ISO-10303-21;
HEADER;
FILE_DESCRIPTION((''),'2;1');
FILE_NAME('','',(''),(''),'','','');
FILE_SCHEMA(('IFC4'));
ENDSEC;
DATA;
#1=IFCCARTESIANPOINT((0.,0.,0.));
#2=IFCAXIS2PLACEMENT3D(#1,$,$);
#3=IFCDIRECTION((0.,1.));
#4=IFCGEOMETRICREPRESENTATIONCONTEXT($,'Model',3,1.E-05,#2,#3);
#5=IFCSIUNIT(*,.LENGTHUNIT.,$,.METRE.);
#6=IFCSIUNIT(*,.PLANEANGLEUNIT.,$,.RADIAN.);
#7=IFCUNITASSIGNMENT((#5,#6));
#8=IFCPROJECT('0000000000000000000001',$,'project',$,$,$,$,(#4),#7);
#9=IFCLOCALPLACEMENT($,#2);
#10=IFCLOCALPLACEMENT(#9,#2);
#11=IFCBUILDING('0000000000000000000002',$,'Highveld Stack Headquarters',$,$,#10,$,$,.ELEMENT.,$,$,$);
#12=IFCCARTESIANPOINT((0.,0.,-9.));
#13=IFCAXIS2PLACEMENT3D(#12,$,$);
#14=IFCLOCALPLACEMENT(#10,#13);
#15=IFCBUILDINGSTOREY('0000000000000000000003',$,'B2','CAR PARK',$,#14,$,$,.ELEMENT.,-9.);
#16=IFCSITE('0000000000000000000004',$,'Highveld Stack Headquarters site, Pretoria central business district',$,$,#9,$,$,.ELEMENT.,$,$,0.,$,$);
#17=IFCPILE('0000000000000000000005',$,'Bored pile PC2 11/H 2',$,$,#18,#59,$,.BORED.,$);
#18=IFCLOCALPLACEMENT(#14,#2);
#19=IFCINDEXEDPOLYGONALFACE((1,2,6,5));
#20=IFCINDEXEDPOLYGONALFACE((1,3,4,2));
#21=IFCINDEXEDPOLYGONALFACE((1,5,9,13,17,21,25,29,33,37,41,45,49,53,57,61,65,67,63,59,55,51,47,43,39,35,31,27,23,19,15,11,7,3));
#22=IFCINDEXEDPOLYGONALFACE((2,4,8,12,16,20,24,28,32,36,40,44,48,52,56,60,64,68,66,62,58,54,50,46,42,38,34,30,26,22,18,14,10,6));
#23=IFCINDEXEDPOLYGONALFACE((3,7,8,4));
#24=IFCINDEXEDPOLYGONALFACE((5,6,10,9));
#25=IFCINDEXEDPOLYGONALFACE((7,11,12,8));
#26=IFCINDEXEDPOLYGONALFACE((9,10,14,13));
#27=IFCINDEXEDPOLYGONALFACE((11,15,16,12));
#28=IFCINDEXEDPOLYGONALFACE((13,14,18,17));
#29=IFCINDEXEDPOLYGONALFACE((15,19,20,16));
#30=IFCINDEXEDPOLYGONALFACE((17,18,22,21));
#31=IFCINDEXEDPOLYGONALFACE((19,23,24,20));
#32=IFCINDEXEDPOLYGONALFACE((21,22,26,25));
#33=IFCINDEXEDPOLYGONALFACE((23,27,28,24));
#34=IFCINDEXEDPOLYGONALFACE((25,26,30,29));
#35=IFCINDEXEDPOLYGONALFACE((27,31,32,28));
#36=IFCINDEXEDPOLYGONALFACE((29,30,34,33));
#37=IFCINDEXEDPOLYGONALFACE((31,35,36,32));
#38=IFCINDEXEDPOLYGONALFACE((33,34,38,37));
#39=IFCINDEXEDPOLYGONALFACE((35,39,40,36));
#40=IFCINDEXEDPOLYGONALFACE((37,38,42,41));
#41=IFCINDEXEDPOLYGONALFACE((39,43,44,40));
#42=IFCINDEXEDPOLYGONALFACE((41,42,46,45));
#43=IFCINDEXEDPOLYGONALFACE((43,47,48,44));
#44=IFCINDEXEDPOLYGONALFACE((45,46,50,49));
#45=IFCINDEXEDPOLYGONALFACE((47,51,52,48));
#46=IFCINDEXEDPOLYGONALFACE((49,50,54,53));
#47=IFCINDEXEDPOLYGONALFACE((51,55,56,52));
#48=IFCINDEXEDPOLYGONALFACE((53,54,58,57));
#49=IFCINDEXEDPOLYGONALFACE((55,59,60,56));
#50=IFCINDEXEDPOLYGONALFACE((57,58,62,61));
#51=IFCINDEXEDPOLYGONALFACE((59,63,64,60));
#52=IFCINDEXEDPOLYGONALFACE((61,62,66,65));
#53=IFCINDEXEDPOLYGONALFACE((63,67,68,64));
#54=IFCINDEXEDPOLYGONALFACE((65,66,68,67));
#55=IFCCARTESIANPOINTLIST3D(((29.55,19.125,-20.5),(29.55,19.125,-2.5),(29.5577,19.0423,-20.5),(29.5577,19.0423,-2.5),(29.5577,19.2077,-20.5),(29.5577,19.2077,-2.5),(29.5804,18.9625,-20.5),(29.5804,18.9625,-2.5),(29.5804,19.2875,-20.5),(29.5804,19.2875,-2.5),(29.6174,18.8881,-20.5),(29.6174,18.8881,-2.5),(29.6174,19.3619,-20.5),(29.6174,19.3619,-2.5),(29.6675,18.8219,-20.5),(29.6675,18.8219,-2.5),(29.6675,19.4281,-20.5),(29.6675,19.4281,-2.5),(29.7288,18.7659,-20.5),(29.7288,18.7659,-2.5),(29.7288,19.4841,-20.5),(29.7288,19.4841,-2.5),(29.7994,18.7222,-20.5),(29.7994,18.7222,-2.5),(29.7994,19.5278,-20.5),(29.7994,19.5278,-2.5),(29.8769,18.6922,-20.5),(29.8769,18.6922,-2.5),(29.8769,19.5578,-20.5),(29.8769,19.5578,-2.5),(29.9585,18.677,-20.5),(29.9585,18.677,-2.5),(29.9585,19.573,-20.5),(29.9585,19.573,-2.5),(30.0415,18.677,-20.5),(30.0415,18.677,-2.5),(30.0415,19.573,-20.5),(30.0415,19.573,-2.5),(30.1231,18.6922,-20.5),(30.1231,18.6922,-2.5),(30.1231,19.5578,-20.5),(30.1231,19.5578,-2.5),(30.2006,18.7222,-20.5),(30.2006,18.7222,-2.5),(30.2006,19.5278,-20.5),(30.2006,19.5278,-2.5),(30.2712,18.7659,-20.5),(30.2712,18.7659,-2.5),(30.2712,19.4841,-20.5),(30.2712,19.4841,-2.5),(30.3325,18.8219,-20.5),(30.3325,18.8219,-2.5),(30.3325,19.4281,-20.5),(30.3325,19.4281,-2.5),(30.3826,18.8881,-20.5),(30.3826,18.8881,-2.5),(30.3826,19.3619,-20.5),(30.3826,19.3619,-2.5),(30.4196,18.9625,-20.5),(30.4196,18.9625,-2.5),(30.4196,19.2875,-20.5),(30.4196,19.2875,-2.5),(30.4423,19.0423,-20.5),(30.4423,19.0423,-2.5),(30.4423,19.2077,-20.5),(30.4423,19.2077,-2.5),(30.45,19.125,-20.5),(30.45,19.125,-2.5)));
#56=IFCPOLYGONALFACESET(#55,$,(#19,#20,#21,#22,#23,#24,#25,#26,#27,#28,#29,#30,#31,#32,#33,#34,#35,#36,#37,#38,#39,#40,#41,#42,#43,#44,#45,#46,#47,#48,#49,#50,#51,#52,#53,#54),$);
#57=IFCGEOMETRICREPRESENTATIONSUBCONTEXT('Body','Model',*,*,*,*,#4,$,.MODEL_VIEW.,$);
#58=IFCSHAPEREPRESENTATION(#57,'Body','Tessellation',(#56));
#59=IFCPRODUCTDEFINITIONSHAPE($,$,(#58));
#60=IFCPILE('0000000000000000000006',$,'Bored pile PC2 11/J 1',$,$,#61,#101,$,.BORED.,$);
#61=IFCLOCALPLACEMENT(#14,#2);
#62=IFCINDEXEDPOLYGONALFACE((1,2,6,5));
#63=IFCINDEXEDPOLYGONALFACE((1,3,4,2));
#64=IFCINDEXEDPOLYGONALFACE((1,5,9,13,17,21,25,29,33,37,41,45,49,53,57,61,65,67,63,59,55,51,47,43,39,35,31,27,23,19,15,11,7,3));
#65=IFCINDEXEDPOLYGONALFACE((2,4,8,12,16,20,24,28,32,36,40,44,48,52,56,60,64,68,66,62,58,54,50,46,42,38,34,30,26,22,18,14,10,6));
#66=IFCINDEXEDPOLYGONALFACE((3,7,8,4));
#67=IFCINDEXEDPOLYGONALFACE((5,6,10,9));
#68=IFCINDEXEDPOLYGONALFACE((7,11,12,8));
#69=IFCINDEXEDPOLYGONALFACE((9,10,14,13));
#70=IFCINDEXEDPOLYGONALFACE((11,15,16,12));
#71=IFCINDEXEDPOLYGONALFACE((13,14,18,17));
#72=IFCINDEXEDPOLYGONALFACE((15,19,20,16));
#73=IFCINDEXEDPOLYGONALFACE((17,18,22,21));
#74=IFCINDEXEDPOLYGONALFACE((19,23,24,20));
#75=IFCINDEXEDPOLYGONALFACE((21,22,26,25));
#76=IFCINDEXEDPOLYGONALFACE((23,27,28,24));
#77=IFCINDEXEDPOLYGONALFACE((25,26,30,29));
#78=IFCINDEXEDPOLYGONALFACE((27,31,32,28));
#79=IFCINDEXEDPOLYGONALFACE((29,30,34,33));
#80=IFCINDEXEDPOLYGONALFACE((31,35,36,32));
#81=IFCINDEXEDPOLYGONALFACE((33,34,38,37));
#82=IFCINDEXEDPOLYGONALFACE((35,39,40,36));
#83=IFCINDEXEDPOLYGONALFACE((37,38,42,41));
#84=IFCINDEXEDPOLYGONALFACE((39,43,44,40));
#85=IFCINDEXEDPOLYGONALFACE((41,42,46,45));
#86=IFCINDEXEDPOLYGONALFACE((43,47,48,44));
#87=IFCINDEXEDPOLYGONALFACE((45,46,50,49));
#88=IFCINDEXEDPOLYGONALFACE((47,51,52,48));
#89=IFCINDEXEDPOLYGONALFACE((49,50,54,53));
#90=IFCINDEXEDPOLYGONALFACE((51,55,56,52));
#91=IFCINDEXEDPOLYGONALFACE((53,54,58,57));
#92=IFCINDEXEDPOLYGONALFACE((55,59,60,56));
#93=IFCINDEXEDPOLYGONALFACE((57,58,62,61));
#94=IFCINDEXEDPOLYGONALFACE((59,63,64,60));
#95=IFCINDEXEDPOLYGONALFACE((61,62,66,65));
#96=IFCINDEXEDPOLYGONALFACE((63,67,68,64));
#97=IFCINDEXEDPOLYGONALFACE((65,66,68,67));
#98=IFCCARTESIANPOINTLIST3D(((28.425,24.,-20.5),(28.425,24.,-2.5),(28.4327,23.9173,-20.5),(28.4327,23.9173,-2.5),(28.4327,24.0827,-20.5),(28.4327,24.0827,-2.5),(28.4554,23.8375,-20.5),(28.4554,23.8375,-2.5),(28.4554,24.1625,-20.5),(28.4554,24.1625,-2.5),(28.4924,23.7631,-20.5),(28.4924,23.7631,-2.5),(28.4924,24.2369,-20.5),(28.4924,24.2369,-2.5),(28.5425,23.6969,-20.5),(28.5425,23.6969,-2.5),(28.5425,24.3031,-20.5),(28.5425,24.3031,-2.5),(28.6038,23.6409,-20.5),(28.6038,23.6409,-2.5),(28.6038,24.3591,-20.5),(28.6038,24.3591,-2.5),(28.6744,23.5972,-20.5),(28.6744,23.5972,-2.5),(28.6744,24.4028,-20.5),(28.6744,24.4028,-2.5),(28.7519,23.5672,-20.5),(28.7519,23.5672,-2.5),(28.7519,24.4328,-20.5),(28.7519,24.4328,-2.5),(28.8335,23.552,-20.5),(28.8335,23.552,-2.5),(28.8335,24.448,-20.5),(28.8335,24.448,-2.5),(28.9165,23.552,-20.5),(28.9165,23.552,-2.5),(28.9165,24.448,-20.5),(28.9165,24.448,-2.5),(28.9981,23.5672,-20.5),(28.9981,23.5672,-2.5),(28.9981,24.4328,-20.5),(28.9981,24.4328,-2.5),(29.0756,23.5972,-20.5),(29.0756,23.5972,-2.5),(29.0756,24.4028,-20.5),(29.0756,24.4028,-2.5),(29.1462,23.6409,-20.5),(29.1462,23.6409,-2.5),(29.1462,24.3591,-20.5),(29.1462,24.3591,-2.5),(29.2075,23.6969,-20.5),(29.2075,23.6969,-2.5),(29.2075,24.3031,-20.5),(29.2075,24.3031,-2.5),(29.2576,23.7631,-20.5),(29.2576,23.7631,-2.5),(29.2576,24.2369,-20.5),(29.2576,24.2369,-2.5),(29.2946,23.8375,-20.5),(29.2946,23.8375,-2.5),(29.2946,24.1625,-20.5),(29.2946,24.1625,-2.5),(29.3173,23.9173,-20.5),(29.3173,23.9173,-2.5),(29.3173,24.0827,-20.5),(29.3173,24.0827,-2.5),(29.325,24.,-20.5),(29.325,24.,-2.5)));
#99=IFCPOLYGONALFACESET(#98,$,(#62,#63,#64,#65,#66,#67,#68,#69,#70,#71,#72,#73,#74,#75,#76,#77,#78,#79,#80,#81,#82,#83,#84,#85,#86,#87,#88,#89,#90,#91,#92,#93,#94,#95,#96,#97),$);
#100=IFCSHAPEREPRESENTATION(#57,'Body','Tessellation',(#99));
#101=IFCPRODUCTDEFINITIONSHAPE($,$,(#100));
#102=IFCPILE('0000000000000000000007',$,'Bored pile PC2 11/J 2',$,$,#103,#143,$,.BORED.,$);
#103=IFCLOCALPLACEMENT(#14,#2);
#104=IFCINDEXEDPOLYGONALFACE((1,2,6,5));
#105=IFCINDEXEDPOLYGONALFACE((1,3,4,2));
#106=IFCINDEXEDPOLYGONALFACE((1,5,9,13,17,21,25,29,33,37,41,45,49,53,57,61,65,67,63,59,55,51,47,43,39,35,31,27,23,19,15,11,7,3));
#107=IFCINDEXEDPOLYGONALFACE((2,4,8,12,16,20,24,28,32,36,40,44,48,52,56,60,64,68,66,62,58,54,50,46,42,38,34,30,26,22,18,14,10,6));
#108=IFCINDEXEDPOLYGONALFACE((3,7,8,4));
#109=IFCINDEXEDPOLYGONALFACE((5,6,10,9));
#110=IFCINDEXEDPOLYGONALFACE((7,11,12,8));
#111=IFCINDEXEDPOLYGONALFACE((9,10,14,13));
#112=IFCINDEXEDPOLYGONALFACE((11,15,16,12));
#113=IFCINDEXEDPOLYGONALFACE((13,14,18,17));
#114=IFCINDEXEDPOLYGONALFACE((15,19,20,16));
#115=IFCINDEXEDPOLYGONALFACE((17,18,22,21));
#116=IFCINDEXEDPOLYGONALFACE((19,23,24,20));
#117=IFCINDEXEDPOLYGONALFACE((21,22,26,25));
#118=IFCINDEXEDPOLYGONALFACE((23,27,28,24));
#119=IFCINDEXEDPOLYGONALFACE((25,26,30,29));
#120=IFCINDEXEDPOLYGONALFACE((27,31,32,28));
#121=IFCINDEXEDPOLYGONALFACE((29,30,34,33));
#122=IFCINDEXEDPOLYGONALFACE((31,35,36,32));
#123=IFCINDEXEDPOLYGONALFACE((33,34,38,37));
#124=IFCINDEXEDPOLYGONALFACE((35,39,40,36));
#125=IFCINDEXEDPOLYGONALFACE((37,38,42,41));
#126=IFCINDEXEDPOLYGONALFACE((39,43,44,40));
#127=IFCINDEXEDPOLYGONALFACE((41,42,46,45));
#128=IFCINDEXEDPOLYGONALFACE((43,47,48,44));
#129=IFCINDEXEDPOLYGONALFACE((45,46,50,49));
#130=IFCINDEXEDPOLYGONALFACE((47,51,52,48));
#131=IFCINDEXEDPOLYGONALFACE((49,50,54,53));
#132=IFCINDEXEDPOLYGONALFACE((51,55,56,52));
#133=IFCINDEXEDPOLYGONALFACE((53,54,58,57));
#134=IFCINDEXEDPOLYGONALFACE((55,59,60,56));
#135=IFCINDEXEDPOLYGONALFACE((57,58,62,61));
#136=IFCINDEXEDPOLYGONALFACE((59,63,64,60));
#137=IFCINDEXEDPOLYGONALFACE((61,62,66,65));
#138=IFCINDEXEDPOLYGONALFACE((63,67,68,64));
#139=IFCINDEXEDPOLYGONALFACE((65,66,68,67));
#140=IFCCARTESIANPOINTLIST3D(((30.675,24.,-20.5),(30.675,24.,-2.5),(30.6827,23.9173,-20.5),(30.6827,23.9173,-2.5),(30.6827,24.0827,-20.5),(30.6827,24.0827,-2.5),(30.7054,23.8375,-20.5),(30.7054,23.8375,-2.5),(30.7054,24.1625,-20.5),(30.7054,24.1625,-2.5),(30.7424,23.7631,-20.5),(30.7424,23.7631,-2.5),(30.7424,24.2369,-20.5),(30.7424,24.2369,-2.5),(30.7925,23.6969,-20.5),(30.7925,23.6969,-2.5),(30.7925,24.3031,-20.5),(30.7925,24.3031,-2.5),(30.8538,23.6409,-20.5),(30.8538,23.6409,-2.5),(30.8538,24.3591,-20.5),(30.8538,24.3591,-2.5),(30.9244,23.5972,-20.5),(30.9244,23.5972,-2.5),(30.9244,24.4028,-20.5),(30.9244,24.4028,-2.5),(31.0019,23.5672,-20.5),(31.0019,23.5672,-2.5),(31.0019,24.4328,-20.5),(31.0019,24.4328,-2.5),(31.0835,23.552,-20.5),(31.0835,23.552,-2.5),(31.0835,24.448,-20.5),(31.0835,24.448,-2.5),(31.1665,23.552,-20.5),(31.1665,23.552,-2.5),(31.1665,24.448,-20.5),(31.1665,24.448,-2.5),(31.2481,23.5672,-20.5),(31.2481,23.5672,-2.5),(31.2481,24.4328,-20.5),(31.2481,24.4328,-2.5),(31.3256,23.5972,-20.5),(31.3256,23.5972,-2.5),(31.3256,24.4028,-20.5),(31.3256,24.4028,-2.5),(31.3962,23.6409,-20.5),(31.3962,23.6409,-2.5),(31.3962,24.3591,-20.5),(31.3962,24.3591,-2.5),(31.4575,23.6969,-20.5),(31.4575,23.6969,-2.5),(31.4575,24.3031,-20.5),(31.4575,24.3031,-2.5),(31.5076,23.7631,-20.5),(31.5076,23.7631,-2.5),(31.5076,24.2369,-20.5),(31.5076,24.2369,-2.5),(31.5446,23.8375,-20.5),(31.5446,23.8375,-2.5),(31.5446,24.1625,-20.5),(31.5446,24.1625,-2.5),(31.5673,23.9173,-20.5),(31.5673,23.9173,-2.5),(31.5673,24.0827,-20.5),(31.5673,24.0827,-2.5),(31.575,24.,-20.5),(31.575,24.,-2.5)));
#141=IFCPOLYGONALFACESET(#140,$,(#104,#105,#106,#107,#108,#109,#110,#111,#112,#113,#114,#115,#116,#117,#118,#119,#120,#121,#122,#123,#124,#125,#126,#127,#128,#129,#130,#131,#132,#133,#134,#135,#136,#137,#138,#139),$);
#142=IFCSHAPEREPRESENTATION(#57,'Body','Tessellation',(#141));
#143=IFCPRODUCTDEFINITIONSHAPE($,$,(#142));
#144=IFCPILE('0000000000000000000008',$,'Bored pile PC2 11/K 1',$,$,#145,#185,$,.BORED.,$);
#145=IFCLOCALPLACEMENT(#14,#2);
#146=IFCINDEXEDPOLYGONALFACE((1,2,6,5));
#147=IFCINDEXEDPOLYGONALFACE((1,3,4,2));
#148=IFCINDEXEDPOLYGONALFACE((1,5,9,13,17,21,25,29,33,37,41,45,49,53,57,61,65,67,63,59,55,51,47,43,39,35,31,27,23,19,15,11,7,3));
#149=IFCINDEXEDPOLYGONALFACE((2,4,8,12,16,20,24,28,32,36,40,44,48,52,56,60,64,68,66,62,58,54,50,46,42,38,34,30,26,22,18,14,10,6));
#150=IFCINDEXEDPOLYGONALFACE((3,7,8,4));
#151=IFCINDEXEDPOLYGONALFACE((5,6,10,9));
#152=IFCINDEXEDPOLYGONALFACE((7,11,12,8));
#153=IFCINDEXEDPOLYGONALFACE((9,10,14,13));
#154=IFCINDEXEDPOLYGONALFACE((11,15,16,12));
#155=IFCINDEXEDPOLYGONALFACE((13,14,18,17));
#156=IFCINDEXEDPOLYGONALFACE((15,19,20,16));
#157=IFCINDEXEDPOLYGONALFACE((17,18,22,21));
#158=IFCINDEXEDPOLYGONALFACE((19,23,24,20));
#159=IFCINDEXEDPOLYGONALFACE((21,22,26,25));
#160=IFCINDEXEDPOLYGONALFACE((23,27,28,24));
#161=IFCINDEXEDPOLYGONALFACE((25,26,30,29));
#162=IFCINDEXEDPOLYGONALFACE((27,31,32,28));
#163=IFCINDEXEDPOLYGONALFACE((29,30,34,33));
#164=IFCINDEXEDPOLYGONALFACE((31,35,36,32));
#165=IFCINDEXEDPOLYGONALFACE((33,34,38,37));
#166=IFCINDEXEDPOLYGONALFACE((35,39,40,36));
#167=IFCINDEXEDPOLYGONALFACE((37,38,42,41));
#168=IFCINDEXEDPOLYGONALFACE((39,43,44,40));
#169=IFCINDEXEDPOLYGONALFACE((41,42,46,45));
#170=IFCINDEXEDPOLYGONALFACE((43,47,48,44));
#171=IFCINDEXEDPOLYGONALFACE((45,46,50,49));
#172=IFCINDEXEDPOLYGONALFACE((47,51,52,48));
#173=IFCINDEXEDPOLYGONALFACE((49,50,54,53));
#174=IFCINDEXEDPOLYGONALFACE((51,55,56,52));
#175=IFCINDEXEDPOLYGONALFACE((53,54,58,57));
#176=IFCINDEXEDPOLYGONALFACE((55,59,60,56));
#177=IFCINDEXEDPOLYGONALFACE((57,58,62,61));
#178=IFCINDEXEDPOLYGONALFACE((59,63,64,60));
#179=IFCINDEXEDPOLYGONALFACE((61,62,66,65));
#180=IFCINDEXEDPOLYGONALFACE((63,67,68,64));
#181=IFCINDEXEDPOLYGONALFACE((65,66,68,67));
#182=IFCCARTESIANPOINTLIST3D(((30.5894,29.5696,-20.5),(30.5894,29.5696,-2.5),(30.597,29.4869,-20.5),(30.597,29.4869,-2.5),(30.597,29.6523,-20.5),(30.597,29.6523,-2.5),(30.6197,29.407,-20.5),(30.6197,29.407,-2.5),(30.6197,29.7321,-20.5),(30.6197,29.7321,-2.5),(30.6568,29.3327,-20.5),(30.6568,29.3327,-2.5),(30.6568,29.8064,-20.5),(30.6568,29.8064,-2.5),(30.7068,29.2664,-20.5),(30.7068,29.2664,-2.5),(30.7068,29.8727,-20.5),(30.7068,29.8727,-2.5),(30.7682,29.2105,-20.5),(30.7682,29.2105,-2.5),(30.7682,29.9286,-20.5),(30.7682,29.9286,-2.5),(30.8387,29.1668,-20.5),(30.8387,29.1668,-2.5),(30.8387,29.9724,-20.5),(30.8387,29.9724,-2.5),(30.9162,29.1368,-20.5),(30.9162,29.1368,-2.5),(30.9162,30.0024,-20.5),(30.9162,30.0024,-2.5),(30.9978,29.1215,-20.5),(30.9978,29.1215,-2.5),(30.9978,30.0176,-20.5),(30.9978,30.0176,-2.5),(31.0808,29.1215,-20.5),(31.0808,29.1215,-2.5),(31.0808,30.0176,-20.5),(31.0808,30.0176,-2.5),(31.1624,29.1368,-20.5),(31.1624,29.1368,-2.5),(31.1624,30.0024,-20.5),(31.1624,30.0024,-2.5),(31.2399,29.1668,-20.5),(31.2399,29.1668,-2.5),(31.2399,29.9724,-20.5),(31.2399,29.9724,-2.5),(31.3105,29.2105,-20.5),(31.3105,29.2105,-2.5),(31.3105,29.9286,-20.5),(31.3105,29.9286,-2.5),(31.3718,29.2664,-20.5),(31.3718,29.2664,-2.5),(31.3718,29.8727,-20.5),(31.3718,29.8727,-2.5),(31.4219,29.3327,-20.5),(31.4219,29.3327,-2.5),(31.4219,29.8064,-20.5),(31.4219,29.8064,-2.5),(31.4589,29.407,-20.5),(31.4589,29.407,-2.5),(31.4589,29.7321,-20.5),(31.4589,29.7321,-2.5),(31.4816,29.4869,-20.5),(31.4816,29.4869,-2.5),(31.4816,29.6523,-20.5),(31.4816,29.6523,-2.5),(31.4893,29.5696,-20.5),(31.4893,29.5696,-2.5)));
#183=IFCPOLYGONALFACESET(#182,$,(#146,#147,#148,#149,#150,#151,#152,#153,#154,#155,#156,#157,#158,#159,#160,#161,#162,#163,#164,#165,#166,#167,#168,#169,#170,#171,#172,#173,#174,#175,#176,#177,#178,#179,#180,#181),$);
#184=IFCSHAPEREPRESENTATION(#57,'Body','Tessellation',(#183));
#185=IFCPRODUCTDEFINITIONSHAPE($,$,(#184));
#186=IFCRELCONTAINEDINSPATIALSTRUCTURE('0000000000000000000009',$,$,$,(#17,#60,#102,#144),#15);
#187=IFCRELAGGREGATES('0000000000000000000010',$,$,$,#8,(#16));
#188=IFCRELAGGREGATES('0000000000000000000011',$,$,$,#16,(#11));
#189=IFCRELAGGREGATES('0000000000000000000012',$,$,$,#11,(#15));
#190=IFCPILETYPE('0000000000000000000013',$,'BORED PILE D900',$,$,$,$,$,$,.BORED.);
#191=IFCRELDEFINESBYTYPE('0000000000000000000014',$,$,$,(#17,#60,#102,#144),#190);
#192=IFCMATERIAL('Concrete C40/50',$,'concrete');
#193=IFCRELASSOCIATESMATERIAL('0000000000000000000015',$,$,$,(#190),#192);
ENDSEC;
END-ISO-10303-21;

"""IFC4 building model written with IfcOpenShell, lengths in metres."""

from ifc_helpers import new_model, si_unit, direction, frame, origin, origin_2d, place, context, subcontext, project, spatial, circle, extrude, material, type_object, element, save


model = new_model("IFC4")

# Units and contexts
model_context = context("Model", 3, precision=1e-05, world=origin(), true_north=direction((0.0, 1.0)))
body_context = subcontext(model_context, "Body", "Model", "MODEL_VIEW")
ifc_project = project(units=[si_unit("LENGTHUNIT", "METRE"), si_unit("PLANEANGLEUNIT", "RADIAN")], contexts=[model_context])

# Site, building, storey
site_placement = place(None, origin())
site = spatial("IfcSite", under=ifc_project, at=site_placement, Name="Highveld Stack Headquarters site, Pretoria central business district", CompositionType="ELEMENT", RefElevation=0.0)
building_placement = place(site_placement, origin())
building = spatial("IfcBuilding", under=site, at=building_placement, Name="Highveld Stack Headquarters", CompositionType="ELEMENT")
storey_placement = place(building_placement, frame((0.0, 0.0, -9.0)))
storey = spatial("IfcBuildingStorey", under=building, at=storey_placement, Name="B2", Description="CAR PARK", CompositionType="ELEMENT", Elevation=-9.0)

# Piles
ifc_material_1 = material(Name="Concrete C40/50", Category="concrete")
pile_type_1 = type_object("IfcPileType", Name="BORED PILE D900", PredefinedType="BORED", material=ifc_material_1)
for number, where, z_axis, x_axis, name in (
    (1, (30.0, 19.125, -2.5), (0.0, 0.0, -1.0), (1.0, 0.0, 0.0), "Bored pile PC2 11/H 2"),
    (2, (28.875, 24.0, -2.5), (0.0, 0.0, -1.0), (1.0, 0.0, 0.0), "Bored pile PC2 11/J 1"),
    (3, (31.125, 24.0, -2.5), (0.0, 0.0, -1.0), (1.0, 0.0, 0.0), "Bored pile PC2 11/J 2"),
    (4, (31.0393, 29.5696, -2.5), (0.0, 0.0, -1.0), (1.0, 0.0, 0.0), "Bored pile PC2 11/K 1"),
):
    element("IfcPile", number, at=place(storey_placement, frame(where, z_axis=z_axis, x_axis=x_axis)), inside=storey, type_object=pile_type_1, Name=name, PredefinedType="BORED", context=body_context, shape_type="SweptSolid", body=[
        extrude(circle(Radius=0.45, at=origin_2d()), origin(), (0.0, 0.0, 1.0), 18.0),
    ])

save(model, "model.ifc")
